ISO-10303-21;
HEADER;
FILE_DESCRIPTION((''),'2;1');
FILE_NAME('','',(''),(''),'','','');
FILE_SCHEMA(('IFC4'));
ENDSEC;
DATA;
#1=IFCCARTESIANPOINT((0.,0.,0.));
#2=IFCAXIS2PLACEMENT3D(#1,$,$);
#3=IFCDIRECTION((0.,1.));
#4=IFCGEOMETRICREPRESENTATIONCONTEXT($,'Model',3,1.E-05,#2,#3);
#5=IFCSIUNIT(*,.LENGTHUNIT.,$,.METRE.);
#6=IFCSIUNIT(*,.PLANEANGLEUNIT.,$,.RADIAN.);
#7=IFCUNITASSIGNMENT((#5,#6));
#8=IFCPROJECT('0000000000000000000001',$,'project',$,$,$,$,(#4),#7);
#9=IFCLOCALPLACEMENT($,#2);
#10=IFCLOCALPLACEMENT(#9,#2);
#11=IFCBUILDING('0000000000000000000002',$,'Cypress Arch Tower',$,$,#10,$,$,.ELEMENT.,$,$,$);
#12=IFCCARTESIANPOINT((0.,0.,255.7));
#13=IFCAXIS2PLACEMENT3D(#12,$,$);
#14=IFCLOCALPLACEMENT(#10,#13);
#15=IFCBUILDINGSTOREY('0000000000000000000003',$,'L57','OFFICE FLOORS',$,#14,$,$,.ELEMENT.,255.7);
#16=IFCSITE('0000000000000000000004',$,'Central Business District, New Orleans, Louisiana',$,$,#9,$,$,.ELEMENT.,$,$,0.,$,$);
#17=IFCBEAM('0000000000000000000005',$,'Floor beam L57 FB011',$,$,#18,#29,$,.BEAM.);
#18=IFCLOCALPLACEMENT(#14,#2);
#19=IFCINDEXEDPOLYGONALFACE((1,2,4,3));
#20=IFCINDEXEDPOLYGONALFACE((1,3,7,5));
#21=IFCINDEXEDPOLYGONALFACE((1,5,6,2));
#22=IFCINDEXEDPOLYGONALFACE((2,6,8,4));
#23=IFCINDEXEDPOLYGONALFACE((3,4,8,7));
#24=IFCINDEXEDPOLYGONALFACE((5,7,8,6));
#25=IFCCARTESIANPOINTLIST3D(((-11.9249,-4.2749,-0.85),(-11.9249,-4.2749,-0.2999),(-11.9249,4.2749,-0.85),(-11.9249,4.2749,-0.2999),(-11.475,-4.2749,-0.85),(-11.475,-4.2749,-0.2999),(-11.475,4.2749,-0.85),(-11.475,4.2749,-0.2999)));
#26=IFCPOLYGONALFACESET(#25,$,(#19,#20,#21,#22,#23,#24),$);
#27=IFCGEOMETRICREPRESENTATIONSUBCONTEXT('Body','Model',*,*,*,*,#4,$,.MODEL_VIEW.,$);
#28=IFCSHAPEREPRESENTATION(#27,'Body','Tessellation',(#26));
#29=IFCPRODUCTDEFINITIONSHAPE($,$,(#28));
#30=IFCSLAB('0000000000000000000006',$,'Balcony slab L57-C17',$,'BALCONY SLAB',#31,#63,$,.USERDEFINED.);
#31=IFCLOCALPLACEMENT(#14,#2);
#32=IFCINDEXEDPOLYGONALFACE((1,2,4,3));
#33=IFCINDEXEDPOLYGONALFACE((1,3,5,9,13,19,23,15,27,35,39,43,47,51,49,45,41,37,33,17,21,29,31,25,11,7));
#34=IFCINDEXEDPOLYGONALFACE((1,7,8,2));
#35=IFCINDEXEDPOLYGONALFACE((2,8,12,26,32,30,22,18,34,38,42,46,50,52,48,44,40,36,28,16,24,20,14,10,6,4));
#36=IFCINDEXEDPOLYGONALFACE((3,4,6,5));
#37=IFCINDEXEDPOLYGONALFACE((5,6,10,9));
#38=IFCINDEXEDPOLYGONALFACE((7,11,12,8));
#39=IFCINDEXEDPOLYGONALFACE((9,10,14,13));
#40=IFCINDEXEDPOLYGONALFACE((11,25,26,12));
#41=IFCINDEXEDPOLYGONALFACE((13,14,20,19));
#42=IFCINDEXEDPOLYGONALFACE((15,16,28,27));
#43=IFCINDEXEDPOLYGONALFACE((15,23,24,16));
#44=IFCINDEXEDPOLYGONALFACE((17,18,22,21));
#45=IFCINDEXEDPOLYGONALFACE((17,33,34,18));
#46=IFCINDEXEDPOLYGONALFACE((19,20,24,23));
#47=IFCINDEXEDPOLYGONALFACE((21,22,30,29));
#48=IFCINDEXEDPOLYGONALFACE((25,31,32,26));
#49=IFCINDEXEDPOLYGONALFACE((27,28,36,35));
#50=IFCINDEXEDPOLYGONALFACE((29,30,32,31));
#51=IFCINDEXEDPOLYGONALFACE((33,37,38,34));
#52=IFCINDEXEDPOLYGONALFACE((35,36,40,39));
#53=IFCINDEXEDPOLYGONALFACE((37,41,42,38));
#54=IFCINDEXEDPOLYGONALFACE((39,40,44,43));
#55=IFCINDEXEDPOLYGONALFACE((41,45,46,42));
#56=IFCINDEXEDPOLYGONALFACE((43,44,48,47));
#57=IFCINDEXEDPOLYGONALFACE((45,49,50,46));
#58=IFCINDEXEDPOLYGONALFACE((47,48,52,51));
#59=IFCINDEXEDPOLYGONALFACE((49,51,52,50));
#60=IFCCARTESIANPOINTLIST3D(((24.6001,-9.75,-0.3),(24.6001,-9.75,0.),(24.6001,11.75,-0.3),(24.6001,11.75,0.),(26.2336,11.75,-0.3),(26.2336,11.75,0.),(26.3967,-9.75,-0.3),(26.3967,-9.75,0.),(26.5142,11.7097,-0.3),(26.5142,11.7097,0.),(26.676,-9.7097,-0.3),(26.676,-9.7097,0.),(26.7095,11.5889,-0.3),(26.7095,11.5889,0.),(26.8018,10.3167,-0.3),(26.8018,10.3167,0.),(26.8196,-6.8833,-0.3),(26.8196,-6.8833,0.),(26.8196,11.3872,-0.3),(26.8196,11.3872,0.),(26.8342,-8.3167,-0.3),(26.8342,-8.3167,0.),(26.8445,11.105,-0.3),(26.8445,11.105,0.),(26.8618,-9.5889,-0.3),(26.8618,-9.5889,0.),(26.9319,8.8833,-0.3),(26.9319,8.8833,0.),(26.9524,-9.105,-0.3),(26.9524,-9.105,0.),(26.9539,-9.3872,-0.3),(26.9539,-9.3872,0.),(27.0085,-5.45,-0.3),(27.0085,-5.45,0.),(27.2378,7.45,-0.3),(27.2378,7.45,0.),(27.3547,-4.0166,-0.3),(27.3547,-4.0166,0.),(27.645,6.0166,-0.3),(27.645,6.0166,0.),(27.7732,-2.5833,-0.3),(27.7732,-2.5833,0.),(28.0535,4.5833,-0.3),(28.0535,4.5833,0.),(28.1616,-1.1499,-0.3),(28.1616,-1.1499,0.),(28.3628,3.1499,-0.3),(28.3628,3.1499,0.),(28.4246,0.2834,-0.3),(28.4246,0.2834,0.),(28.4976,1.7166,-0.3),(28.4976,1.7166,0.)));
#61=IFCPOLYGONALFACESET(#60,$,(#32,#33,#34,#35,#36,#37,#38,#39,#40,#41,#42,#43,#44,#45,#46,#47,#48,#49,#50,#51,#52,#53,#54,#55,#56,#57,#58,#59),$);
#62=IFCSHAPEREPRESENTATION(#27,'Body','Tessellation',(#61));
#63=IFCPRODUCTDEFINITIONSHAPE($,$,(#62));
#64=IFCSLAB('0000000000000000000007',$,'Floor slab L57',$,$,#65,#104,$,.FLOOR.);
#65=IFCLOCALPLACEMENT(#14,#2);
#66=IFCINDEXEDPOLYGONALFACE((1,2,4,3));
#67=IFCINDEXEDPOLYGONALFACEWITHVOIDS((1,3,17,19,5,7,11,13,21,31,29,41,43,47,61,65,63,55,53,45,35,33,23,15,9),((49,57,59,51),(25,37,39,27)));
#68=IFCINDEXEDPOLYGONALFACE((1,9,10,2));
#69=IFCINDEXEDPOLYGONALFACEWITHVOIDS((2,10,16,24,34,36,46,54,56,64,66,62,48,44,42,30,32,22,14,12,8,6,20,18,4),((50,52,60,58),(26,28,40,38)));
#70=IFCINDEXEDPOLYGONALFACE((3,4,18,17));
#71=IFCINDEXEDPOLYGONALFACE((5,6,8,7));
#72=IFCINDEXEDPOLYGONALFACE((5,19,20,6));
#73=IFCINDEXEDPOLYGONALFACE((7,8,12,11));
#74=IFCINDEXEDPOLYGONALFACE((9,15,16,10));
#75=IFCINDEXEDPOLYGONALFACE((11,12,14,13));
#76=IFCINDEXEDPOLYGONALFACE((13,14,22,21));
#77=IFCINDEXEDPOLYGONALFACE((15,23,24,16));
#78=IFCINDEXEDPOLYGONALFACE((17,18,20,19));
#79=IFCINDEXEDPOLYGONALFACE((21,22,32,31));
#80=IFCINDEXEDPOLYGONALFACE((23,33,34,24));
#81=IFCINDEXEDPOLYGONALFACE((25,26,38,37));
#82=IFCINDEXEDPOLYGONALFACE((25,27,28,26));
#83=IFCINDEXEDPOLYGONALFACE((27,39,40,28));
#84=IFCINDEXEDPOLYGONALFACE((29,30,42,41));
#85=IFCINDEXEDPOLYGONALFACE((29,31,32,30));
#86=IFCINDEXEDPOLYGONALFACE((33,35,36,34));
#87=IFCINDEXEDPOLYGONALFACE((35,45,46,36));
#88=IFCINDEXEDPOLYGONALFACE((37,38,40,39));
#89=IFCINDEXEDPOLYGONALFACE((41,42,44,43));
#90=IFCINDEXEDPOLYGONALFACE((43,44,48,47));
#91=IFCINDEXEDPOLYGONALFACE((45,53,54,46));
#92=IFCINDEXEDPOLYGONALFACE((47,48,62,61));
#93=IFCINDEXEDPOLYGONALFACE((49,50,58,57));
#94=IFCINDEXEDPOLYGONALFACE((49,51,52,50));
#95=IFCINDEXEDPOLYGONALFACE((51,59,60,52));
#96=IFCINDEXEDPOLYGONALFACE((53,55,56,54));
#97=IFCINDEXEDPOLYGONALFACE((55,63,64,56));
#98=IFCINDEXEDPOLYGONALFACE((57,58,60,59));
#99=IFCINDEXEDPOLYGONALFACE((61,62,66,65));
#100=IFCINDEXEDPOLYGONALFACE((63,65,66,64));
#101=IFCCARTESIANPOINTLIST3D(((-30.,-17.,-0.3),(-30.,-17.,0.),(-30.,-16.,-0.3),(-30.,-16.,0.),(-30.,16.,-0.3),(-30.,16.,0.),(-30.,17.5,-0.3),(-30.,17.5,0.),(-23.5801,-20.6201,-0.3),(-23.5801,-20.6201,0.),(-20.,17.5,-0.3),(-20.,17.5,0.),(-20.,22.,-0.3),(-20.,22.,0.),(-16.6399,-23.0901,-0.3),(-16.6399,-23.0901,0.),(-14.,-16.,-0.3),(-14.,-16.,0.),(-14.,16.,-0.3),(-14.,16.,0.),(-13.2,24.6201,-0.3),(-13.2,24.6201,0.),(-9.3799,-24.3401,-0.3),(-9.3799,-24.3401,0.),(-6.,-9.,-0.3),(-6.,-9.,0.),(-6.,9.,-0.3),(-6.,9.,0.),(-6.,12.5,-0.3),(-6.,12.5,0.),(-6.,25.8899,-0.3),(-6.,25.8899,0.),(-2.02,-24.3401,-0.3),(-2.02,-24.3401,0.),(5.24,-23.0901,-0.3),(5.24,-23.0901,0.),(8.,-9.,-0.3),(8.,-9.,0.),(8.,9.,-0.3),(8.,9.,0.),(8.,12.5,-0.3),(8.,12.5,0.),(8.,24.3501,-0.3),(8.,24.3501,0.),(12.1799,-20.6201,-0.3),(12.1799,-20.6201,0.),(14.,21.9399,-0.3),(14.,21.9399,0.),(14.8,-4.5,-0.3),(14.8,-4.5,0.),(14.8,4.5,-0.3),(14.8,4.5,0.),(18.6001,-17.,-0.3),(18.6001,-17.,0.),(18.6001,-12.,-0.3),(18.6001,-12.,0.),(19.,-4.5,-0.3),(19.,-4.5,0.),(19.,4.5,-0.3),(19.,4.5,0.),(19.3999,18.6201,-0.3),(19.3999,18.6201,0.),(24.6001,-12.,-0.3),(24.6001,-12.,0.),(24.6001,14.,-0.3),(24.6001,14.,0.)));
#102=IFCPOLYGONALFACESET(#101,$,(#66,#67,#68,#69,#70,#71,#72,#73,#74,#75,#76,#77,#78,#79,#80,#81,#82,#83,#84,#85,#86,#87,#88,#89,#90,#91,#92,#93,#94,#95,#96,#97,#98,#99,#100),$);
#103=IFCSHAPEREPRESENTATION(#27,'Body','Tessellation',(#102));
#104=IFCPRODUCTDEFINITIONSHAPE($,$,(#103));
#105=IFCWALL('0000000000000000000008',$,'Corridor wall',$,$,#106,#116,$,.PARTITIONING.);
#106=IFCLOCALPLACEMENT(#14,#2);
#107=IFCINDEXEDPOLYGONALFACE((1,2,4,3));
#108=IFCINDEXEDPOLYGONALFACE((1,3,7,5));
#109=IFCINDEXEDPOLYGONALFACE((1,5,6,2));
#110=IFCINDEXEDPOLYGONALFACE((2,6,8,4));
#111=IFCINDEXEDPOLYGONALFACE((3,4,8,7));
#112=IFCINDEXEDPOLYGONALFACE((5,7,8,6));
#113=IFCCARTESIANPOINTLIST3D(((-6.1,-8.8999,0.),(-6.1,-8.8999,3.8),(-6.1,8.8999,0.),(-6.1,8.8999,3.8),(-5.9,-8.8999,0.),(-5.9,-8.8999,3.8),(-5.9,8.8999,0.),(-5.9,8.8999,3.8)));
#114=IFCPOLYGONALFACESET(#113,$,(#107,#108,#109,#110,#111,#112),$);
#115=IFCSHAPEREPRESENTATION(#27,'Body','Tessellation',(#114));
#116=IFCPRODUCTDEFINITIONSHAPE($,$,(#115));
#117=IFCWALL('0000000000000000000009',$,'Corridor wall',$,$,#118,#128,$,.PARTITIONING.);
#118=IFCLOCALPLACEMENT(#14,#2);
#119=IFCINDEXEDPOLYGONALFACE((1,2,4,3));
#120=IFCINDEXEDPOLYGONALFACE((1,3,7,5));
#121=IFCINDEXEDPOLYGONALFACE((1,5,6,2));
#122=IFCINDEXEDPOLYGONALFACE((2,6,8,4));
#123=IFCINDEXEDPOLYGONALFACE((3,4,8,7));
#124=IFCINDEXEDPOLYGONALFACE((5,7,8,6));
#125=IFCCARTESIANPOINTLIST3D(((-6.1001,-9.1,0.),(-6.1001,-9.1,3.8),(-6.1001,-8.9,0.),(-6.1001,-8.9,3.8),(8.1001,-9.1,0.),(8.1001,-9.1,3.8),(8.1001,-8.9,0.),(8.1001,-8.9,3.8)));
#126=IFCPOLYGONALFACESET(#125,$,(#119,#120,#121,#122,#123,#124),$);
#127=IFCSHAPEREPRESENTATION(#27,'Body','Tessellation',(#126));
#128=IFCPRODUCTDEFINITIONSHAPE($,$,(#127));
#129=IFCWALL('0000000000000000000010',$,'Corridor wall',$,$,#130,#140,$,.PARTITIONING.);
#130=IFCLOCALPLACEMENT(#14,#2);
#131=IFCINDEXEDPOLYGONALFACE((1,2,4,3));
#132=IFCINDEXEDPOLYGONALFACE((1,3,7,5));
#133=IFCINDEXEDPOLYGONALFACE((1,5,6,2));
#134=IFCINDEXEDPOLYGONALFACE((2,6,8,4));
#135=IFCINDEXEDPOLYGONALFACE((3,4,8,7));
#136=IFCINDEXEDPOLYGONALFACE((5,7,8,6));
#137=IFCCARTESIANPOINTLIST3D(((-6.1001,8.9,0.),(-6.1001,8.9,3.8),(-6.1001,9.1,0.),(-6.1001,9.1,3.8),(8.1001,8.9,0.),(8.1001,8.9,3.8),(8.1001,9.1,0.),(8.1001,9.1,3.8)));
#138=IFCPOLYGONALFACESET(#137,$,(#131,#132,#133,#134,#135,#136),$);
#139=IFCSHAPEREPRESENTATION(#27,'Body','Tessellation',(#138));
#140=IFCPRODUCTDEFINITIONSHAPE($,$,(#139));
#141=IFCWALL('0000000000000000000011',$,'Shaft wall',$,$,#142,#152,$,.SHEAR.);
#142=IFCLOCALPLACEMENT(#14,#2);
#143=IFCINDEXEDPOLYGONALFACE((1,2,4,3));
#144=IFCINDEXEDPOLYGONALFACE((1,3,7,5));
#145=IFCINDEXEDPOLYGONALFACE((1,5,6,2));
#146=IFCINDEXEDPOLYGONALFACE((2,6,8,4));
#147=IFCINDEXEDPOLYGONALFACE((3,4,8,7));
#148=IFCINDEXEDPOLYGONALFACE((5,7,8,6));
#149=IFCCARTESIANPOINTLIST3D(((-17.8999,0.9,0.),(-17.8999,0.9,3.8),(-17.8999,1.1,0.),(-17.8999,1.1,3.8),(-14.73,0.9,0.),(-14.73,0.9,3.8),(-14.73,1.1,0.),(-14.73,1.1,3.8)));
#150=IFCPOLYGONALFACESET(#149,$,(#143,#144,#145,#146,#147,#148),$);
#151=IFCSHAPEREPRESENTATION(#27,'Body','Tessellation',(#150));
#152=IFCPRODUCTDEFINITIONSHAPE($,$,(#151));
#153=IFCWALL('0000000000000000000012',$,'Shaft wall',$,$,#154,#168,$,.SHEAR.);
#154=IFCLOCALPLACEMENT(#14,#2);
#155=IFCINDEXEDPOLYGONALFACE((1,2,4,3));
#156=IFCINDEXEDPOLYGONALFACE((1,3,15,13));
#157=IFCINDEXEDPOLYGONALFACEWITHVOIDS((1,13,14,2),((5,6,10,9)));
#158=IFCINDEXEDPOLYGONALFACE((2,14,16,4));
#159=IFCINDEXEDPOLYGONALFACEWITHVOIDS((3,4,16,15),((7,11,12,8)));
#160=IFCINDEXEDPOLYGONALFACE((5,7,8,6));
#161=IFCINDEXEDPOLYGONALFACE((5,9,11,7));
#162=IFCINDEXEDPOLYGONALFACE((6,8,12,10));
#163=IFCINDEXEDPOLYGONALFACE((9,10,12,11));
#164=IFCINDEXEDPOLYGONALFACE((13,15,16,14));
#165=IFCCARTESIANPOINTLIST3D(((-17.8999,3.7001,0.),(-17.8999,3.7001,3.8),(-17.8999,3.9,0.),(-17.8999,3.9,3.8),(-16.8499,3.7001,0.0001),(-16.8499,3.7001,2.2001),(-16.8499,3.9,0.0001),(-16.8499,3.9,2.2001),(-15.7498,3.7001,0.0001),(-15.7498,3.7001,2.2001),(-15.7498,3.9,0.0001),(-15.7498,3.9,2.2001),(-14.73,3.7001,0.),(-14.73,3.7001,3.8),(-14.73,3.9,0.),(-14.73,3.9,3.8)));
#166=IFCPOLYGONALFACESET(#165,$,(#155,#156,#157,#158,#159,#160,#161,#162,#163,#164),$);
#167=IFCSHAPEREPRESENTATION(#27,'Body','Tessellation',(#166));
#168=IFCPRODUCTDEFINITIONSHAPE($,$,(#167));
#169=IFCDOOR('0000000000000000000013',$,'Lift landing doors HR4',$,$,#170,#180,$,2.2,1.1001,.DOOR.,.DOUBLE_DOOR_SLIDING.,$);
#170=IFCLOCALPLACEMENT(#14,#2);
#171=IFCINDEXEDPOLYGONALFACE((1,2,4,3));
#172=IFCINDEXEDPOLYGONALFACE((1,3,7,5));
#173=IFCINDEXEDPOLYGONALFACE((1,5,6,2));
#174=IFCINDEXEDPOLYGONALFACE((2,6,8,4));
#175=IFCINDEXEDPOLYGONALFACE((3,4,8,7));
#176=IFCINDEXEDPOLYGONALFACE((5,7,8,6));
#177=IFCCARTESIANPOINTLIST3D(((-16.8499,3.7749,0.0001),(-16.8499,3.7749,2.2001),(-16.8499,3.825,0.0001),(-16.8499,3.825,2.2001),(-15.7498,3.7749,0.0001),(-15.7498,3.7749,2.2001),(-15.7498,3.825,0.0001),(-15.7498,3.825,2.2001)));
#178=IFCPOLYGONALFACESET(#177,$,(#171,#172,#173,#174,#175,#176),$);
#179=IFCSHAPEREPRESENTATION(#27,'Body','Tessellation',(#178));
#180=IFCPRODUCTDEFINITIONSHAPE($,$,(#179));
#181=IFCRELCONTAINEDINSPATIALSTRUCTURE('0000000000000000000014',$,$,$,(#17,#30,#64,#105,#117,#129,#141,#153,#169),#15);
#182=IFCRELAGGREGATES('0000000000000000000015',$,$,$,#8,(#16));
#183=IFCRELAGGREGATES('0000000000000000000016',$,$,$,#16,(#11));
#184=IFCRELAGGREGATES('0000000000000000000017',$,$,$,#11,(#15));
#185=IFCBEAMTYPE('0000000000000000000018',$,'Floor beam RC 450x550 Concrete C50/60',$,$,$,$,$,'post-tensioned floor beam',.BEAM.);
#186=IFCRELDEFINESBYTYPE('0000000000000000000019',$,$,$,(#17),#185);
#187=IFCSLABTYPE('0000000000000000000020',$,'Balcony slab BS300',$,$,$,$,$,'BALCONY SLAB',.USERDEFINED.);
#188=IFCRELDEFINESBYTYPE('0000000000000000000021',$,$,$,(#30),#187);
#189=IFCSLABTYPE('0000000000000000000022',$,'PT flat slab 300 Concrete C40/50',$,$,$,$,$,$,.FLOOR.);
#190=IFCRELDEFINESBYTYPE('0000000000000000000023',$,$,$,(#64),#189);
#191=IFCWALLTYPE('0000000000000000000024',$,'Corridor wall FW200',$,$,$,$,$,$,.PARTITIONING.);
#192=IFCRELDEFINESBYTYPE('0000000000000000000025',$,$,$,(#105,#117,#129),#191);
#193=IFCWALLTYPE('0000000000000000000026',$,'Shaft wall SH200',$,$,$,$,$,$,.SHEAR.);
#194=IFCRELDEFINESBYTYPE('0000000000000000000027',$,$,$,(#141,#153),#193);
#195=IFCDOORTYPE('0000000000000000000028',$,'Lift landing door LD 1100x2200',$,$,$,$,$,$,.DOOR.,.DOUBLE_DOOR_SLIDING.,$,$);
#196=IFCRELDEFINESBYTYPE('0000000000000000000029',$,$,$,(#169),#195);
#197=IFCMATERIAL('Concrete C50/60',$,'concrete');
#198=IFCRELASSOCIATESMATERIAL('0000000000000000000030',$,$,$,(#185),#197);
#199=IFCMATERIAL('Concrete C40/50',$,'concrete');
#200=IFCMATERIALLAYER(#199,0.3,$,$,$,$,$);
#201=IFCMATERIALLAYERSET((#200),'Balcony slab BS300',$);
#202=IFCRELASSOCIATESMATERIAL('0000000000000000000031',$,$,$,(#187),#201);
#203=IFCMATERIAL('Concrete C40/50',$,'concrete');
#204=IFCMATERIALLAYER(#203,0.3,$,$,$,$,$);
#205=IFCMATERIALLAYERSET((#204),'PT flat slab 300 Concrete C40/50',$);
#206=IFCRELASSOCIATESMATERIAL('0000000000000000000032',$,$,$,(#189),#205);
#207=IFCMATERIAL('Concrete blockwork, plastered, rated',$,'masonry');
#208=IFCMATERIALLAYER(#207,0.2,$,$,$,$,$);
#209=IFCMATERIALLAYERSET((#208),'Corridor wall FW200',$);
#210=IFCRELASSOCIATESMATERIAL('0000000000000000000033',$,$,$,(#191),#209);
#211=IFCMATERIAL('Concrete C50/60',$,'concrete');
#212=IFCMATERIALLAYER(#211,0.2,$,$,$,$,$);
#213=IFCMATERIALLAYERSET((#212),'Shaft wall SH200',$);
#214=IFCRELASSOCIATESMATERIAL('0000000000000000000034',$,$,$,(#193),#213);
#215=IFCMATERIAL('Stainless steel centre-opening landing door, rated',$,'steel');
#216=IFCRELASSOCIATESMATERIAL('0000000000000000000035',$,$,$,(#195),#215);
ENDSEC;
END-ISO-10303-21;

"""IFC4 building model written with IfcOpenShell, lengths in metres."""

from ifc_helpers import new_model, si_unit, direction, frame, frame_2d, origin, origin_2d, place, context, subcontext, project, spatial, polyline, rectangle, outline, extrude, material, layer, layer_set, material_profile, profile_set, type_object, element, fill, save


model = new_model("IFC4")

# Units and contexts
model_context = context("Model", 3, precision=1e-05, world=origin(), true_north=direction((0.0, 1.0)))
body_context = subcontext(model_context, "Body", "Model", "MODEL_VIEW")
ifc_project = project(units=[si_unit("LENGTHUNIT", "METRE"), si_unit("PLANEANGLEUNIT", "RADIAN")], contexts=[model_context])

# Site, building, storey
site_placement = place(None, origin())
site = spatial("IfcSite", under=ifc_project, at=site_placement, Name="Central Business District, New Orleans, Louisiana", CompositionType="ELEMENT", RefElevation=0.0)
building_placement = place(site_placement, origin())
building = spatial("IfcBuilding", under=site, at=building_placement, Name="Cypress Arch Tower", CompositionType="ELEMENT")
storey_placement = place(building_placement, frame((0.0, 0.0, 255.7)))
storey = spatial("IfcBuildingStorey", under=building, at=storey_placement, Name="L57", Description="OFFICE FLOORS", CompositionType="ELEMENT", Elevation=255.7)

# Beam
ifc_material_1 = material(Name="Concrete C50/60", Category="concrete")
ifc_material_profile_1 = material_profile(ifc_material_1, rectangle(XDim=0.45, YDim=0.55, at=origin_2d()), Name="RC 450x550")
ifc_profile_set_1 = profile_set([ifc_material_profile_1], Name="Concrete C50/60")
beam_type = type_object("IfcBeamType", Name="Floor beam RC 450x550 Concrete C50/60", ElementType="post-tensioned floor beam", PredefinedType="BEAM", material=ifc_profile_set_1)
beam_placement = place(storey_placement, frame((-11.7, -4.2749, -0.575), z_axis=(0.0, 1.0, 0.0), x_axis=(-1.0, 0.0, 0.0)))
element("IfcBeam", 1, at=beam_placement, inside=storey, type_object=beam_type, Name="Floor beam L57 FB011", PredefinedType="BEAM", context=body_context, shape_type="SweptSolid", body=[
    extrude(rectangle(XDim=0.45, YDim=0.55, at=origin_2d()), origin(), (0.0, 0.0, 1.0), 8.5498),
])

# Slabs
ifc_material_2 = material(Name="Concrete C40/50", Category="concrete")
ifc_layer_1 = layer(ifc_material_2, 0.3)
ifc_layer_set_1 = layer_set([ifc_layer_1], Name="Balcony slab BS300")
slab_type_1 = type_object("IfcSlabType", Name="Balcony slab BS300", ElementType="BALCONY SLAB", PredefinedType="USERDEFINED", material=ifc_layer_set_1)
slab_1_placement = place(storey_placement, frame((0.0, 0.0, -0.3)))
element("IfcSlab", 2, at=slab_1_placement, inside=storey, type_object=slab_type_1, Name="Balcony slab L57-C17", ObjectType="BALCONY SLAB", PredefinedType="USERDEFINED", context=body_context, shape_type="SweptSolid", body=[
    extrude(outline(polyline([(24.6001, -9.75), (26.3967, -9.75), (26.676, -9.7097), (26.8618, -9.5889), (26.9539, -9.3872), (26.9524, -9.105), (26.8342, -8.3167), (26.8196, -6.8833), (27.0085, -5.45), (27.3547, -4.0166), (27.7732, -2.5833), (28.1616, -1.1499), (28.4246, 0.2834), (28.4976, 1.7166), (28.3628, 3.1499), (28.0535, 4.5833), (27.645, 6.0166), (27.2378, 7.45), (26.9319, 8.8833), (26.8018, 10.3167), (26.8445, 11.105), (26.8196, 11.3872), (26.7095, 11.5889), (26.5142, 11.7097), (26.2336, 11.75), (24.6001, 11.75), (24.6001, -9.75)])), origin(), (0.0, 0.0, 1.0), 0.3),
])
ifc_material_3 = material(Name="Concrete C40/50", Category="concrete")
ifc_layer_2 = layer(ifc_material_3, 0.3)
ifc_layer_set_2 = layer_set([ifc_layer_2], Name="PT flat slab 300 Concrete C40/50")
slab_type_2 = type_object("IfcSlabType", Name="PT flat slab 300 Concrete C40/50", PredefinedType="FLOOR", material=ifc_layer_set_2)
slab_2_placement = place(storey_placement, frame((0.0, 0.0, -0.3)))
element("IfcSlab", 3, at=slab_2_placement, inside=storey, type_object=slab_type_2, Name="Floor slab L57", PredefinedType="FLOOR", context=body_context, shape_type="SweptSolid", body=[
    extrude(outline(polyline([(-30.0, 17.5), (-20.0, 17.5), (-20.0, 22.0), (-13.2, 24.6201), (-6.0, 25.8899), (-6.0, 12.5), (8.0, 12.5), (8.0, 24.3501), (14.0, 21.9399), (19.3999, 18.6201), (24.6001, 14.0), (24.6001, -12.0), (18.6001, -12.0), (18.6001, -17.0), (12.1799, -20.6201), (5.24, -23.0901), (-2.02, -24.3401), (-9.3799, -24.3401), (-16.6399, -23.0901), (-23.5801, -20.6201), (-30.0, -17.0), (-30.0, -16.0), (-14.0, -16.0), (-14.0, 16.0), (-30.0, 16.0), (-30.0, 17.5)]), holes=[polyline([(-6.0, -9.0), (8.0, -9.0), (8.0, 9.0), (-6.0, 9.0), (-6.0, -9.0)]), polyline([(14.8, -4.5), (19.0, -4.5), (19.0, 4.5), (14.8, 4.5), (14.8, -4.5)])]), origin(), (0.0, 0.0, 1.0), 0.3),
])

# Walls
ifc_material_4 = material(Name="Concrete blockwork, plastered, rated", Category="masonry")
ifc_layer_3 = layer(ifc_material_4, 0.2)
ifc_layer_set_3 = layer_set([ifc_layer_3], Name="Corridor wall FW200")
wall_type_1 = type_object("IfcWallType", Name="Corridor wall FW200", PredefinedType="PARTITIONING", material=ifc_layer_set_3)
wall_1_placement = place(storey_placement, frame((-6.0, -8.8999, 0.0), z_axis=(0.0, 0.0, 1.0), x_axis=(0.0, 1.0, 0.0)))
element("IfcWall", 4, at=wall_1_placement, inside=storey, type_object=wall_type_1, Name="Corridor wall", PredefinedType="PARTITIONING", context=body_context, shape_type="SweptSolid", body=[
    extrude(rectangle(XDim=17.7998, YDim=0.2, at=frame_2d((8.8999, 0.0))), origin(), (0.0, 0.0, 1.0), 3.8),
])
for number, where, z_axis, x_axis, name in (
    (5, (-6.1001, -9.0, 0.0), (0.0, 0.0, 1.0), (1.0, 0.0, 0.0), "Corridor wall"),
    (6, (-6.1001, 9.0, 0.0), (0.0, 0.0, 1.0), (1.0, 0.0, 0.0), "Corridor wall"),
):
    element("IfcWall", number, at=place(storey_placement, frame(where, z_axis=z_axis, x_axis=x_axis)), inside=storey, type_object=wall_type_1, Name=name, PredefinedType="PARTITIONING", context=body_context, shape_type="SweptSolid", body=[
        extrude(rectangle(XDim=14.2002, YDim=0.2, at=frame_2d((7.1001, 0.0))), origin(), (0.0, 0.0, 1.0), 3.8),
    ])
ifc_material_5 = material(Name="Concrete C50/60", Category="concrete")
ifc_layer_4 = layer(ifc_material_5, 0.2)
ifc_layer_set_4 = layer_set([ifc_layer_4], Name="Shaft wall SH200")
wall_type_2 = type_object("IfcWallType", Name="Shaft wall SH200", PredefinedType="SHEAR", material=ifc_layer_set_4)
wall_2_placement = place(storey_placement, frame((-17.8999, 1.0, 0.0), z_axis=(0.0, 0.0, 1.0), x_axis=(1.0, 0.0, 0.0)))
element("IfcWall", 7, at=wall_2_placement, inside=storey, type_object=wall_type_2, Name="Shaft wall", PredefinedType="SHEAR", context=body_context, shape_type="SweptSolid", body=[
    extrude(rectangle(XDim=3.1699, YDim=0.2, at=frame_2d((1.585, 0.0))), origin(), (0.0, 0.0, 1.0), 3.8),
])

# Wall, opening, door
wall_3_placement = place(storey_placement, frame((-17.8999, 3.8, 0.0), z_axis=(0.0, 0.0, 1.0), x_axis=(1.0, 0.0, 0.0)))
wall_3 = element("IfcWall", 8, at=wall_3_placement, inside=storey, type_object=wall_type_2, Name="Shaft wall", PredefinedType="SHEAR", context=body_context, shape_type="SweptSolid", body=[
    extrude(rectangle(XDim=3.1699, YDim=0.2, at=frame_2d((1.585, 0.0))), origin(), (0.0, 0.0, 1.0), 3.8),
])
opening_placement = place(wall_3_placement, frame((1.05, 0.0, 0.0)))
opening = element("IfcOpeningElement", 9, at=opening_placement, cuts=wall_3, PredefinedType="OPENING", context=body_context, shape_type="SweptSolid", body=[
    extrude(rectangle(XDim=1.1001, YDim=2.2, at=frame_2d((0.55, 1.1001))), frame((0.0, 0.1099, 0.0), z_axis=(0.0, -1.0, 0.0), x_axis=(1.0, 0.0, 0.0)), (0.0, 0.0, 1.0), 0.22),
])
ifc_material_6 = material(Name="Stainless steel centre-opening landing door, rated", Category="steel")
door_type = type_object("IfcDoorType", Name="Lift landing door LD 1100x2200", OperationType="DOUBLE_DOOR_SLIDING", PredefinedType="DOOR", material=ifc_material_6)
door_placement = place(opening_placement, origin())
door = element("IfcDoor", 10, at=door_placement, inside=storey, type_object=door_type, Name="Lift landing doors HR4", OperationType="DOUBLE_DOOR_SLIDING", OverallHeight=2.2, OverallWidth=1.1001, PredefinedType="DOOR", context=body_context, shape_type="SweptSolid", body=[
    extrude(rectangle(XDim=1.1001, YDim=2.2, at=frame_2d((0.55, 1.1001))), frame((0.0, 0.0249, 0.0), z_axis=(0.0, -1.0, 0.0), x_axis=(1.0, 0.0, 0.0)), (0.0, 0.0, 1.0), 0.05),
])
fill(opening, door)

save(model, "model.ifc")
